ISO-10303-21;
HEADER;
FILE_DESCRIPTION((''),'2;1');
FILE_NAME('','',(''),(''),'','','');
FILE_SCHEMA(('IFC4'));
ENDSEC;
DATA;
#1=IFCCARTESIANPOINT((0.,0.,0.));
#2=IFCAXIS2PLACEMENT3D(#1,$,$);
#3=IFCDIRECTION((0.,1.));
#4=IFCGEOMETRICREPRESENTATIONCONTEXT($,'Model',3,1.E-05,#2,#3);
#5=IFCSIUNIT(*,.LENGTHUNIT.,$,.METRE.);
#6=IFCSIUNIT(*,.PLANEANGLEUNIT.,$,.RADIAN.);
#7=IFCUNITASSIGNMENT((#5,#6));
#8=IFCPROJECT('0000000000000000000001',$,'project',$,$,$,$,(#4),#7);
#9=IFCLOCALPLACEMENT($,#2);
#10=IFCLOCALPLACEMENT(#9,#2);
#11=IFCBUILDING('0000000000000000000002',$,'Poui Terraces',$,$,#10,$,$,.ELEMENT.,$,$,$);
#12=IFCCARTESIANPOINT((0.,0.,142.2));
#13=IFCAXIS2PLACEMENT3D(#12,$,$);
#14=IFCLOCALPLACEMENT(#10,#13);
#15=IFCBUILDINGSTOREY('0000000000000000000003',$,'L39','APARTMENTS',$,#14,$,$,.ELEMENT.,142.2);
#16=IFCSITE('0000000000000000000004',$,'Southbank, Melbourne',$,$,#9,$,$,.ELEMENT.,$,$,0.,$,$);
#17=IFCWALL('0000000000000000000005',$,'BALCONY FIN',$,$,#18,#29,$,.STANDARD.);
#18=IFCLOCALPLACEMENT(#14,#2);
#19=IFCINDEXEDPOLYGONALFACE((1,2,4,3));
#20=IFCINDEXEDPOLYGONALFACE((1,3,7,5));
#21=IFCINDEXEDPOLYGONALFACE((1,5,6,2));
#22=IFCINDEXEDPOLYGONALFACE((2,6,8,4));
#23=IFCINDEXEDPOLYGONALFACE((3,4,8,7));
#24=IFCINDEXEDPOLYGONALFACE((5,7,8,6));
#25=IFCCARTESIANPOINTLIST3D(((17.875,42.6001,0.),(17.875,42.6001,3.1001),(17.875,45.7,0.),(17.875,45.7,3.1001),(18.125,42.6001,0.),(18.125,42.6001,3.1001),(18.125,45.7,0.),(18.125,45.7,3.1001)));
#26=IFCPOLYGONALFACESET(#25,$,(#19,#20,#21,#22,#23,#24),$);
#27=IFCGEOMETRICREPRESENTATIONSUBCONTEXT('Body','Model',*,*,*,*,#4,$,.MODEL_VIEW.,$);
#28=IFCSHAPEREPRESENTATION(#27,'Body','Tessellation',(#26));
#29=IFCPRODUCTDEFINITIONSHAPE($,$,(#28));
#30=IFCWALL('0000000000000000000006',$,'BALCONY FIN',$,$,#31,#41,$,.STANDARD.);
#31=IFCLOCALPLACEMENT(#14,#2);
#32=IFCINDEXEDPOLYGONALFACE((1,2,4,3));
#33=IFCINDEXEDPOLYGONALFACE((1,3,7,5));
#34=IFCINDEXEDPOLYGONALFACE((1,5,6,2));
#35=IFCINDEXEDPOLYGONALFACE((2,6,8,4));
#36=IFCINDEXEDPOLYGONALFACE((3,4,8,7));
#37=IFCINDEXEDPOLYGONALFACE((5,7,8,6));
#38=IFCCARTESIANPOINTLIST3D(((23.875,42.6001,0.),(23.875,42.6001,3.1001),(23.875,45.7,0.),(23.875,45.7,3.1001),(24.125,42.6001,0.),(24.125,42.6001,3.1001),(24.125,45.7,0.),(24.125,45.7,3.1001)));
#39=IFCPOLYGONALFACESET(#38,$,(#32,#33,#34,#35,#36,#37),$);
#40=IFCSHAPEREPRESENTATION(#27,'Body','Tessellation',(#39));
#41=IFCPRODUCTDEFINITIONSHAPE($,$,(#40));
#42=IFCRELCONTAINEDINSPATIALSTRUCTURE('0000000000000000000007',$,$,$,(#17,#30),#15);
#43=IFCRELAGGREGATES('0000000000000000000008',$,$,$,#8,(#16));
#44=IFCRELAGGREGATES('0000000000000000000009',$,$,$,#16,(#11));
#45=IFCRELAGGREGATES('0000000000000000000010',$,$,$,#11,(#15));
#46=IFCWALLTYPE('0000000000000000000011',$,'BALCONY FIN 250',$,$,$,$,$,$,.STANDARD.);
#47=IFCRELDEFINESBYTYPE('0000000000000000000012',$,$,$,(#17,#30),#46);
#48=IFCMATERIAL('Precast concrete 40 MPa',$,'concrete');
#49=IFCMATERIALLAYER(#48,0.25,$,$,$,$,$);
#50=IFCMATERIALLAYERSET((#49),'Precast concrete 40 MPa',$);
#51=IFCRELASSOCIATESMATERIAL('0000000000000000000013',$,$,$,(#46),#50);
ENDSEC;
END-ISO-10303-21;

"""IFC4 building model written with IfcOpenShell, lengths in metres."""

from ifc_helpers import new_model, si_unit, direction, frame, origin, place, context, subcontext, project, spatial, polyline, outline, extrude, source, transform, mapped, material, layer, layer_set, type_object, element, save


model = new_model("IFC4")

# Units and contexts
model_context = context("Model", 3, precision=1e-05, world=origin(), true_north=direction((0.0, 1.0)))
body_context = subcontext(model_context, "Body", "Model", "MODEL_VIEW")
ifc_project = project(units=[si_unit("LENGTHUNIT", "METRE"), si_unit("PLANEANGLEUNIT", "RADIAN")], contexts=[model_context])

# Site, building, storey
site_placement = place(None, origin())
site = spatial("IfcSite", under=ifc_project, at=site_placement, Name="Southbank, Melbourne", CompositionType="ELEMENT", RefElevation=0.0)
building_placement = place(site_placement, origin())
building = spatial("IfcBuilding", under=site, at=building_placement, Name="Poui Terraces", CompositionType="ELEMENT")
storey_placement = place(building_placement, frame((0.0, 0.0, 142.2)))
storey = spatial("IfcBuildingStorey", under=building, at=storey_placement, Name="L39", Description="APARTMENTS", CompositionType="ELEMENT", Elevation=142.2)

# Walls
ifc_material_1 = material(Name="Precast concrete 40 MPa", Category="concrete")
ifc_layer_1 = layer(ifc_material_1, 0.25)
ifc_layer_set_1 = layer_set([ifc_layer_1], Name="Precast concrete 40 MPa")
wall_type_1 = type_object("IfcWallType", Name="BALCONY FIN 250", PredefinedType="STANDARD", material=ifc_layer_set_1)
shared_shape_1 = source(origin(), body_context, "Body", "SweptSolid", [
    extrude(outline(polyline([(0.0, 0.0), (0.25, 0.0), (0.25, 3.0999), (0.0, 3.0999), (0.0, 0.0)])), origin(), (0.0, 0.0, 1.0), 3.1001),
])
for number, where, name in (
    (1, (17.875, 42.6001, 0.0), "BALCONY FIN"),
    (2, (23.875, 42.6001, 0.0), "BALCONY FIN"),
):
    element("IfcWall", number, at=place(storey_placement, frame(where)), inside=storey, type_object=wall_type_1, Name=name, PredefinedType="STANDARD", context=body_context, shape_type="MappedRepresentation", body=[
        mapped(shared_shape_1, transform((0.0, 0.0, 0.0))),
    ])

save(model, "model.ifc")
